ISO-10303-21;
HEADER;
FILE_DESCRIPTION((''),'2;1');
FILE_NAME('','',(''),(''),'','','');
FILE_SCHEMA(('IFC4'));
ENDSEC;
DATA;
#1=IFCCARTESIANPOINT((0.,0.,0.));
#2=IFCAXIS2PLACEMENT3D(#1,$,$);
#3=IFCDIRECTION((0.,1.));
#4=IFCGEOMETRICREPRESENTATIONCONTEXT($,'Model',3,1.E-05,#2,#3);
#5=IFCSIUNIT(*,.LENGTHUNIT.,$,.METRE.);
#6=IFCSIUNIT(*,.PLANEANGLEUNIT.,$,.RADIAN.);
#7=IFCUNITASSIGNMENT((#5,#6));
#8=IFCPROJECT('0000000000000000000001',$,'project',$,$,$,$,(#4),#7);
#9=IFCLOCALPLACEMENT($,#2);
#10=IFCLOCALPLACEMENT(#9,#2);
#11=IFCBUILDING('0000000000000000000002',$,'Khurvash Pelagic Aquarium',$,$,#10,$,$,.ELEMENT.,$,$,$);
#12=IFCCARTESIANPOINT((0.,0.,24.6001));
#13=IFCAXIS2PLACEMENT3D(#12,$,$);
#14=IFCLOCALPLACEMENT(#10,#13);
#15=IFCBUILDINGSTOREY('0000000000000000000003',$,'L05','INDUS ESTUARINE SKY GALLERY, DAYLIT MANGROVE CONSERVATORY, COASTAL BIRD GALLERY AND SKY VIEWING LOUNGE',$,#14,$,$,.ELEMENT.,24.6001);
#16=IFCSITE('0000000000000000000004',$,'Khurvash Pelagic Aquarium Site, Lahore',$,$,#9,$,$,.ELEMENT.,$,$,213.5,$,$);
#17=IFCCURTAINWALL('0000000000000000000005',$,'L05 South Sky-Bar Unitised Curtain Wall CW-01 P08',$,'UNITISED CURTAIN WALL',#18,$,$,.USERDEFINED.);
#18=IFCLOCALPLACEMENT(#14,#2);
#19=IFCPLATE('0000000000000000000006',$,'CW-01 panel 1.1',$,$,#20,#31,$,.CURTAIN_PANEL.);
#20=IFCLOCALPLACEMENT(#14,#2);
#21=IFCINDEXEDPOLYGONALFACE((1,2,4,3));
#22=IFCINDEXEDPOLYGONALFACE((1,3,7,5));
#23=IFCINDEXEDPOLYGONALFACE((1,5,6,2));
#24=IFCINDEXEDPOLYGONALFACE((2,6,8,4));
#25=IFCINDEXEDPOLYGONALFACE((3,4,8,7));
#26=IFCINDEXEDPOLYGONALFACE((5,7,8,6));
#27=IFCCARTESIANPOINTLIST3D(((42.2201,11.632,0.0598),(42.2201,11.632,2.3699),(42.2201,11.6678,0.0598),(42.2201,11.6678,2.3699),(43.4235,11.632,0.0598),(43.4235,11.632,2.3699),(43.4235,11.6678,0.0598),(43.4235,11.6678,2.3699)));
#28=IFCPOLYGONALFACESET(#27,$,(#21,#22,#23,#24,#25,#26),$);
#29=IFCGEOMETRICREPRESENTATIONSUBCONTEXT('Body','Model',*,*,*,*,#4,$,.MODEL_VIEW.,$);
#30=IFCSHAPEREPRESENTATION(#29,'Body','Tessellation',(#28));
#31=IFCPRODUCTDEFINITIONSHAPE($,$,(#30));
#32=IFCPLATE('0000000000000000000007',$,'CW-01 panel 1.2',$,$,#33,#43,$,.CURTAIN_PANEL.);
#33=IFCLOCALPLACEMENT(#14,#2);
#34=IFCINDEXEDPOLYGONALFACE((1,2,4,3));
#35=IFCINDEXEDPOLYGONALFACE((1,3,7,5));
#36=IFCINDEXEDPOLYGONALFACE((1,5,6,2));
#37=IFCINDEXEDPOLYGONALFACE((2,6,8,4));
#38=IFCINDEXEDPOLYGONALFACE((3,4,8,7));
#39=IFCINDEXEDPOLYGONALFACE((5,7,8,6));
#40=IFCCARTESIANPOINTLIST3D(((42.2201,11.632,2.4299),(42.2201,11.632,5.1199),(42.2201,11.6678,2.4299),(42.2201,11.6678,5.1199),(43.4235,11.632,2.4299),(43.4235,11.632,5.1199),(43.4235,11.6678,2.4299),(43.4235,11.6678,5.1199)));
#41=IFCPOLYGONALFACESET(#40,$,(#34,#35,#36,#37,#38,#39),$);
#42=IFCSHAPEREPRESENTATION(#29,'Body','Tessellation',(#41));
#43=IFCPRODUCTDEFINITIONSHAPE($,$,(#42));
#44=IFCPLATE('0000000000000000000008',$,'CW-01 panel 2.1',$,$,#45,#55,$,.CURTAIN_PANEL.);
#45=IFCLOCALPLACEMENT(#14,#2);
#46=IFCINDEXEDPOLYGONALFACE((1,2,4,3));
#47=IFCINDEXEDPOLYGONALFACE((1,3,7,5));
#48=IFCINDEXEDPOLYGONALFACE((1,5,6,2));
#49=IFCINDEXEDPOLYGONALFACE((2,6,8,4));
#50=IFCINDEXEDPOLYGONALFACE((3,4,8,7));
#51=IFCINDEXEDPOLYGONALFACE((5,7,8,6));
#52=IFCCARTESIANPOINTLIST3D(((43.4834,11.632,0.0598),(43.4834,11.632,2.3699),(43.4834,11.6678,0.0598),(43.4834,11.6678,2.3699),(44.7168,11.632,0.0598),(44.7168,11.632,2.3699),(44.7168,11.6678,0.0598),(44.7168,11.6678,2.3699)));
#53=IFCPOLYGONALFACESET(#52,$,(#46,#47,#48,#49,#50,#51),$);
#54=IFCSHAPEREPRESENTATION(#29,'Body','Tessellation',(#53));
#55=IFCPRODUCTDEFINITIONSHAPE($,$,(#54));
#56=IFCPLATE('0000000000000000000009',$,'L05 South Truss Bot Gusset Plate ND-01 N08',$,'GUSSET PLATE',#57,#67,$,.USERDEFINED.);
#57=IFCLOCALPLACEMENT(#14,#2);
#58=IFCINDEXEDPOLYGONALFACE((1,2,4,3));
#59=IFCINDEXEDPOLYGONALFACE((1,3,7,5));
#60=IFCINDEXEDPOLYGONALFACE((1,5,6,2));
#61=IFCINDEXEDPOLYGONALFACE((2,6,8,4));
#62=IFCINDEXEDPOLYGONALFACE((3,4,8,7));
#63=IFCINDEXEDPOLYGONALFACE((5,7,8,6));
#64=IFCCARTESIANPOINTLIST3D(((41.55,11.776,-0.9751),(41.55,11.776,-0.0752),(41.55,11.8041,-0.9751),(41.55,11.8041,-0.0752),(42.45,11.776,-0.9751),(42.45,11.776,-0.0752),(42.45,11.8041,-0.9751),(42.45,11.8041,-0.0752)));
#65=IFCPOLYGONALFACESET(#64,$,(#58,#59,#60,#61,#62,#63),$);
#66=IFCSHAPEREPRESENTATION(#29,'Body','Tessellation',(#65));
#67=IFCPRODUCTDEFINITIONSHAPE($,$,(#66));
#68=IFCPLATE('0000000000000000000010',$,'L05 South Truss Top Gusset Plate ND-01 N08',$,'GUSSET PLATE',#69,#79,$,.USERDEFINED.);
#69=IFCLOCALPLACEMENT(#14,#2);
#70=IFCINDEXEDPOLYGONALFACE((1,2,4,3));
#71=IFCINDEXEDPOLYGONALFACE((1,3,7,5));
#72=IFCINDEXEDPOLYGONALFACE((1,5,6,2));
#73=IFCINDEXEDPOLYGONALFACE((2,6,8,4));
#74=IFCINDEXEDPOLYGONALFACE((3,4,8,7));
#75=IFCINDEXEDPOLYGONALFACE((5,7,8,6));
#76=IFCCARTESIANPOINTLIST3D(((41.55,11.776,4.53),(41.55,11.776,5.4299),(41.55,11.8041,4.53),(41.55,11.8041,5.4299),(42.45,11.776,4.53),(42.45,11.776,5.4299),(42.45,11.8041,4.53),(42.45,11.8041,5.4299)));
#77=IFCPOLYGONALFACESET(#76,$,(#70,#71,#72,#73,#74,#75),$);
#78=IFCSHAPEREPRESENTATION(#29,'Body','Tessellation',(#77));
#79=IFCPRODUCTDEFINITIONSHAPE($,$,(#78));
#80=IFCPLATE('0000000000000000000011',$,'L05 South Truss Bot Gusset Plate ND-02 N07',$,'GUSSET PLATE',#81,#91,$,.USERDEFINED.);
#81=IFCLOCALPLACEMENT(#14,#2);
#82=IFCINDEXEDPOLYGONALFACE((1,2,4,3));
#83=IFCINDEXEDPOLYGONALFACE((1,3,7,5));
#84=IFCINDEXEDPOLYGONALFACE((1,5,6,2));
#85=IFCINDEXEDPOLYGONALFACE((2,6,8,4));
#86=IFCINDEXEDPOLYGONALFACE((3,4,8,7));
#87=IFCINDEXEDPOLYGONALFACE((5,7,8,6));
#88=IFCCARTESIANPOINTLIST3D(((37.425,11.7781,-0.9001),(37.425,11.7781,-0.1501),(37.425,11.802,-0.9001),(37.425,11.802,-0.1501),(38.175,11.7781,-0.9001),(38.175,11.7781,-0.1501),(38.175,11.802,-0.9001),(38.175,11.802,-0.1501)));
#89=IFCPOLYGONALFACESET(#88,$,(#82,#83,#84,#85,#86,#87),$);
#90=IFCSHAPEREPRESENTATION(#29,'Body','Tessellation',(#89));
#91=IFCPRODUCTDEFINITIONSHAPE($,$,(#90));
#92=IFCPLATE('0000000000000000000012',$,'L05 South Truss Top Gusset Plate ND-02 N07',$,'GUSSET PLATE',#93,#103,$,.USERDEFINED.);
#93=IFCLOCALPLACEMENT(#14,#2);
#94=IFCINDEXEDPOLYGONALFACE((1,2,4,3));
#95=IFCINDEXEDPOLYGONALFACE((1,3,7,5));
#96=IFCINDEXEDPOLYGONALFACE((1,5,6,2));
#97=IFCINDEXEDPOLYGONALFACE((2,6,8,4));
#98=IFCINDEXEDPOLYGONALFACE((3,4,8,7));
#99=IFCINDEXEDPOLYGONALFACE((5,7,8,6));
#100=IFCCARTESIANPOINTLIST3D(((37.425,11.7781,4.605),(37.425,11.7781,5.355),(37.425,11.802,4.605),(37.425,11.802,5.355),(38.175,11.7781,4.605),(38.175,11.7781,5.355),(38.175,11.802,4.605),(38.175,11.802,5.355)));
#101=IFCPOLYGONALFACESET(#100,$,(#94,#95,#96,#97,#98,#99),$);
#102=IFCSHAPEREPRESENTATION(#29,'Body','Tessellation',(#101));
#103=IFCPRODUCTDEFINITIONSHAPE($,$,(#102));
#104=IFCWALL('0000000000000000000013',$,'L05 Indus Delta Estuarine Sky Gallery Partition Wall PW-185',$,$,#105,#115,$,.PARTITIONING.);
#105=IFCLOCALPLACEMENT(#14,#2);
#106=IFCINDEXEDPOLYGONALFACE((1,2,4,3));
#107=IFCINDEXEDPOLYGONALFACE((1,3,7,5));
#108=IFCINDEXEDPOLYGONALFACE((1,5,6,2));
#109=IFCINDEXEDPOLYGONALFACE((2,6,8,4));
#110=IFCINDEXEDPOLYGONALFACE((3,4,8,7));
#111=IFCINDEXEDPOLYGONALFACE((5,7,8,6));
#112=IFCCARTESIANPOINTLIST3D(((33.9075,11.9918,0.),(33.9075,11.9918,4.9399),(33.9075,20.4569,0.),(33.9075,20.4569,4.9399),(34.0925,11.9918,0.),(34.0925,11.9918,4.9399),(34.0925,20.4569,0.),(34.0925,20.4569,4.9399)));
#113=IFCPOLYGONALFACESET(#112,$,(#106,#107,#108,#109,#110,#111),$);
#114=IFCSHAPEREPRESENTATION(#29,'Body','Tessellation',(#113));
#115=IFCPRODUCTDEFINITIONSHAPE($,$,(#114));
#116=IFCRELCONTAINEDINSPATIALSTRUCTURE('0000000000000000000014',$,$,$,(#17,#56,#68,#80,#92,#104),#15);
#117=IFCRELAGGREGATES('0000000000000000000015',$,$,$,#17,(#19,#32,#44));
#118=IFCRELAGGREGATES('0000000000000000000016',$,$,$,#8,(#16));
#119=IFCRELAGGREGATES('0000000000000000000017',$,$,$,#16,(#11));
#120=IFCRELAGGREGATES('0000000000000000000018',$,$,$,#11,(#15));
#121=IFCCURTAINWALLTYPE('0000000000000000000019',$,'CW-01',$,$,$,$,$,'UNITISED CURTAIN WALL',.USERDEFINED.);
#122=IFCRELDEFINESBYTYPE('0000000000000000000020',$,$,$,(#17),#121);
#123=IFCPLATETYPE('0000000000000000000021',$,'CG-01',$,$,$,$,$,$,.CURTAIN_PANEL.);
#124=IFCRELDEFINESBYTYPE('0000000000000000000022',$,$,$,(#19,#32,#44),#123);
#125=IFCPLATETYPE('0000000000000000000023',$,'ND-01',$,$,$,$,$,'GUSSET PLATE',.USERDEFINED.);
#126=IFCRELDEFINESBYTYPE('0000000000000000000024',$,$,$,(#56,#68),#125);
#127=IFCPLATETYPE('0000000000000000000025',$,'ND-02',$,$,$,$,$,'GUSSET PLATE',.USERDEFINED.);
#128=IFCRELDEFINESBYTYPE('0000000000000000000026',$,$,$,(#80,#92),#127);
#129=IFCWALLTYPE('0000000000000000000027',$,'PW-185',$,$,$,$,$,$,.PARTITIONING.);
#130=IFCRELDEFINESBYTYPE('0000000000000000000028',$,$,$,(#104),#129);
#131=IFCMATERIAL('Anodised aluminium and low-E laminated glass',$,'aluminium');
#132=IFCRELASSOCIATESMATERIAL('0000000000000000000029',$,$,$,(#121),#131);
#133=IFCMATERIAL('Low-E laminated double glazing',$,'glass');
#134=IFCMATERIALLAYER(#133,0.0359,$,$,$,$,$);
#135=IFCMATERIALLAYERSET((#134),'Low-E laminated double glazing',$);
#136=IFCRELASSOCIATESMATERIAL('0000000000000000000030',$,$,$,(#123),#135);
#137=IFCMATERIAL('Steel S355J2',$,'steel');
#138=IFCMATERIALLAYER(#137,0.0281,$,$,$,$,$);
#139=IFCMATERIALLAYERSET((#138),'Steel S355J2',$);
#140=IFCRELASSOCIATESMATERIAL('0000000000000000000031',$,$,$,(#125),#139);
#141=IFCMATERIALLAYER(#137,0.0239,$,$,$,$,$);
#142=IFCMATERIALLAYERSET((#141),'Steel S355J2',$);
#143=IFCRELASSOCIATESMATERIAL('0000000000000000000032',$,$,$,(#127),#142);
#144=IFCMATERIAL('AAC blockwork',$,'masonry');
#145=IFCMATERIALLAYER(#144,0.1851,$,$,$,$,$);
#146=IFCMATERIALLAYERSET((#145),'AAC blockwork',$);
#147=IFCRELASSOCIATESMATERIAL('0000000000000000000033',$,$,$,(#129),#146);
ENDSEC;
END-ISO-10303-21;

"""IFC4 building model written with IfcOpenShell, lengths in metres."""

from ifc_helpers import new_model, si_unit, direction, frame, frame_2d, origin, origin_2d, place, context, subcontext, project, spatial, rectangle, extrude, material, layer, layer_set, type_object, element, aggregate, save


model = new_model("IFC4")

# Units and contexts
model_context = context("Model", 3, precision=1e-05, world=origin(), true_north=direction((0.0, 1.0)))
body_context = subcontext(model_context, "Body", "Model", "MODEL_VIEW")
ifc_project = project(units=[si_unit("LENGTHUNIT", "METRE"), si_unit("PLANEANGLEUNIT", "RADIAN")], contexts=[model_context])

# Site, building, storey
site_placement = place(None, origin())
site = spatial("IfcSite", under=ifc_project, at=site_placement, Name="Khurvash Pelagic Aquarium Site, Lahore", CompositionType="ELEMENT", RefElevation=213.5)
building_placement = place(site_placement, origin())
building = spatial("IfcBuilding", under=site, at=building_placement, Name="Khurvash Pelagic Aquarium", CompositionType="ELEMENT")
storey_placement = place(building_placement, frame((0.0, 0.0, 24.6001)))
storey = spatial("IfcBuildingStorey", under=building, at=storey_placement, Name="L05", Description="INDUS ESTUARINE SKY GALLERY, DAYLIT MANGROVE CONSERVATORY, COASTAL BIRD GALLERY AND SKY VIEWING LOUNGE", CompositionType="ELEMENT", Elevation=24.6001)

# Curtain wall
ifc_material_1 = material(Name="Anodised aluminium and low-E laminated glass", Category="aluminium")
curtain_wall_type = type_object("IfcCurtainWallType", Name="CW-01", ElementType="UNITISED CURTAIN WALL", PredefinedType="USERDEFINED", material=ifc_material_1)
curtain_wall_placement = place(storey_placement, origin())
curtain_wall = element("IfcCurtainWall", 1, at=curtain_wall_placement, inside=storey, type_object=curtain_wall_type, Name="L05 South Sky-Bar Unitised Curtain Wall CW-01 P08", ObjectType="UNITISED CURTAIN WALL", PredefinedType="USERDEFINED")

# Shared definitions
ifc_material_2 = material(Name="Steel S355J2", Category="steel")

# Plates
ifc_material_3 = material(Name="Low-E laminated double glazing", Category="glass")
ifc_layer_1 = layer(ifc_material_3, 0.0359)
ifc_layer_set_1 = layer_set([ifc_layer_1], Name="Low-E laminated double glazing")
plate_type_1 = type_object("IfcPlateType", Name="CG-01", PredefinedType="CURTAIN_PANEL", material=ifc_layer_set_1)
plate_1_placement = place(storey_placement, frame((42.8218, 11.6499, 0.0598), z_axis=(0.0, 0.0, 1.0), x_axis=(1.0, 0.0, 0.0)))
plate_1 = element("IfcPlate", 2, at=plate_1_placement, type_object=plate_type_1, Name="CW-01 panel 1.1", PredefinedType="CURTAIN_PANEL", context=body_context, shape_type="SweptSolid", body=[
    extrude(rectangle(XDim=1.2034, YDim=0.0359, at=origin_2d()), origin(), (0.0, 0.0, 1.0), 2.3101),
])
plate_2_placement = place(storey_placement, frame((42.8218, 11.6499, 2.4299), z_axis=(0.0, 0.0, 1.0), x_axis=(1.0, 0.0, 0.0)))
plate_2 = element("IfcPlate", 3, at=plate_2_placement, type_object=plate_type_1, Name="CW-01 panel 1.2", PredefinedType="CURTAIN_PANEL", context=body_context, shape_type="SweptSolid", body=[
    extrude(rectangle(XDim=1.2034, YDim=0.0359, at=origin_2d()), origin(), (0.0, 0.0, 1.0), 2.6899),
])
plate_3_placement = place(storey_placement, frame((44.1001, 11.6499, 0.0598), z_axis=(0.0, 0.0, 1.0), x_axis=(1.0, 0.0, 0.0)))
plate_3 = element("IfcPlate", 4, at=plate_3_placement, type_object=plate_type_1, Name="CW-01 panel 2.1", PredefinedType="CURTAIN_PANEL", context=body_context, shape_type="SweptSolid", body=[
    extrude(rectangle(XDim=1.2334, YDim=0.0359, at=origin_2d()), origin(), (0.0, 0.0, 1.0), 2.3101),
])
aggregate(curtain_wall, [plate_1, plate_2, plate_3])

# Plates
ifc_layer_2 = layer(ifc_material_2, 0.0281)
ifc_layer_set_2 = layer_set([ifc_layer_2], Name="Steel S355J2")
plate_type_2 = type_object("IfcPlateType", Name="ND-01", ElementType="GUSSET PLATE", PredefinedType="USERDEFINED", material=ifc_layer_set_2)
for number, where, z_axis, x_axis, name in (
    (5, (42.0, 11.79, -0.9751), (0.0, 0.0, 1.0), (1.0, 0.0, 0.0), "L05 South Truss Bot Gusset Plate ND-01 N08"),
    (6, (42.0, 11.79, 4.53), (0.0, 0.0, 1.0), (1.0, 0.0, 0.0), "L05 South Truss Top Gusset Plate ND-01 N08"),
):
    element("IfcPlate", number, at=place(storey_placement, frame(where, z_axis=z_axis, x_axis=x_axis)), inside=storey, type_object=plate_type_2, Name=name, ObjectType="GUSSET PLATE", PredefinedType="USERDEFINED", context=body_context, shape_type="SweptSolid", body=[
        extrude(rectangle(XDim=0.8999, YDim=0.0281, at=origin_2d()), origin(), (0.0, 0.0, 1.0), 0.8999),
    ])
ifc_layer_3 = layer(ifc_material_2, 0.0239)
ifc_layer_set_3 = layer_set([ifc_layer_3], Name="Steel S355J2")
plate_type_3 = type_object("IfcPlateType", Name="ND-02", ElementType="GUSSET PLATE", PredefinedType="USERDEFINED", material=ifc_layer_set_3)
for number, where, z_axis, x_axis, name in (
    (7, (37.8, 11.79, -0.9001), (0.0, 0.0, 1.0), (1.0, 0.0, 0.0), "L05 South Truss Bot Gusset Plate ND-02 N07"),
    (8, (37.8, 11.79, 4.605), (0.0, 0.0, 1.0), (1.0, 0.0, 0.0), "L05 South Truss Top Gusset Plate ND-02 N07"),
):
    element("IfcPlate", number, at=place(storey_placement, frame(where, z_axis=z_axis, x_axis=x_axis)), inside=storey, type_object=plate_type_3, Name=name, ObjectType="GUSSET PLATE", PredefinedType="USERDEFINED", context=body_context, shape_type="SweptSolid", body=[
        extrude(rectangle(XDim=0.75, YDim=0.0239, at=origin_2d()), origin(), (0.0, 0.0, 1.0), 0.75),
    ])

# Wall
ifc_material_4 = material(Name="AAC blockwork", Category="masonry")
ifc_layer_4 = layer(ifc_material_4, 0.1851)
ifc_layer_set_4 = layer_set([ifc_layer_4], Name="AAC blockwork")
wall_type = type_object("IfcWallType", Name="PW-185", PredefinedType="PARTITIONING", material=ifc_layer_set_4)
wall_placement = place(storey_placement, frame((34.0, 11.9919, 0.0), z_axis=(0.0, 0.0, 1.0), x_axis=(0.0, 1.0, 0.0)))
element("IfcWall", 9, at=wall_placement, inside=storey, type_object=wall_type, Name="L05 Indus Delta Estuarine Sky Gallery Partition Wall PW-185", PredefinedType="PARTITIONING", context=body_context, shape_type="SweptSolid", body=[
    extrude(rectangle(XDim=8.4651, YDim=0.1851, at=frame_2d((4.2324, 0.0))), origin(), (0.0, 0.0, 1.0), 4.9399),
])

save(model, "model.ifc")
